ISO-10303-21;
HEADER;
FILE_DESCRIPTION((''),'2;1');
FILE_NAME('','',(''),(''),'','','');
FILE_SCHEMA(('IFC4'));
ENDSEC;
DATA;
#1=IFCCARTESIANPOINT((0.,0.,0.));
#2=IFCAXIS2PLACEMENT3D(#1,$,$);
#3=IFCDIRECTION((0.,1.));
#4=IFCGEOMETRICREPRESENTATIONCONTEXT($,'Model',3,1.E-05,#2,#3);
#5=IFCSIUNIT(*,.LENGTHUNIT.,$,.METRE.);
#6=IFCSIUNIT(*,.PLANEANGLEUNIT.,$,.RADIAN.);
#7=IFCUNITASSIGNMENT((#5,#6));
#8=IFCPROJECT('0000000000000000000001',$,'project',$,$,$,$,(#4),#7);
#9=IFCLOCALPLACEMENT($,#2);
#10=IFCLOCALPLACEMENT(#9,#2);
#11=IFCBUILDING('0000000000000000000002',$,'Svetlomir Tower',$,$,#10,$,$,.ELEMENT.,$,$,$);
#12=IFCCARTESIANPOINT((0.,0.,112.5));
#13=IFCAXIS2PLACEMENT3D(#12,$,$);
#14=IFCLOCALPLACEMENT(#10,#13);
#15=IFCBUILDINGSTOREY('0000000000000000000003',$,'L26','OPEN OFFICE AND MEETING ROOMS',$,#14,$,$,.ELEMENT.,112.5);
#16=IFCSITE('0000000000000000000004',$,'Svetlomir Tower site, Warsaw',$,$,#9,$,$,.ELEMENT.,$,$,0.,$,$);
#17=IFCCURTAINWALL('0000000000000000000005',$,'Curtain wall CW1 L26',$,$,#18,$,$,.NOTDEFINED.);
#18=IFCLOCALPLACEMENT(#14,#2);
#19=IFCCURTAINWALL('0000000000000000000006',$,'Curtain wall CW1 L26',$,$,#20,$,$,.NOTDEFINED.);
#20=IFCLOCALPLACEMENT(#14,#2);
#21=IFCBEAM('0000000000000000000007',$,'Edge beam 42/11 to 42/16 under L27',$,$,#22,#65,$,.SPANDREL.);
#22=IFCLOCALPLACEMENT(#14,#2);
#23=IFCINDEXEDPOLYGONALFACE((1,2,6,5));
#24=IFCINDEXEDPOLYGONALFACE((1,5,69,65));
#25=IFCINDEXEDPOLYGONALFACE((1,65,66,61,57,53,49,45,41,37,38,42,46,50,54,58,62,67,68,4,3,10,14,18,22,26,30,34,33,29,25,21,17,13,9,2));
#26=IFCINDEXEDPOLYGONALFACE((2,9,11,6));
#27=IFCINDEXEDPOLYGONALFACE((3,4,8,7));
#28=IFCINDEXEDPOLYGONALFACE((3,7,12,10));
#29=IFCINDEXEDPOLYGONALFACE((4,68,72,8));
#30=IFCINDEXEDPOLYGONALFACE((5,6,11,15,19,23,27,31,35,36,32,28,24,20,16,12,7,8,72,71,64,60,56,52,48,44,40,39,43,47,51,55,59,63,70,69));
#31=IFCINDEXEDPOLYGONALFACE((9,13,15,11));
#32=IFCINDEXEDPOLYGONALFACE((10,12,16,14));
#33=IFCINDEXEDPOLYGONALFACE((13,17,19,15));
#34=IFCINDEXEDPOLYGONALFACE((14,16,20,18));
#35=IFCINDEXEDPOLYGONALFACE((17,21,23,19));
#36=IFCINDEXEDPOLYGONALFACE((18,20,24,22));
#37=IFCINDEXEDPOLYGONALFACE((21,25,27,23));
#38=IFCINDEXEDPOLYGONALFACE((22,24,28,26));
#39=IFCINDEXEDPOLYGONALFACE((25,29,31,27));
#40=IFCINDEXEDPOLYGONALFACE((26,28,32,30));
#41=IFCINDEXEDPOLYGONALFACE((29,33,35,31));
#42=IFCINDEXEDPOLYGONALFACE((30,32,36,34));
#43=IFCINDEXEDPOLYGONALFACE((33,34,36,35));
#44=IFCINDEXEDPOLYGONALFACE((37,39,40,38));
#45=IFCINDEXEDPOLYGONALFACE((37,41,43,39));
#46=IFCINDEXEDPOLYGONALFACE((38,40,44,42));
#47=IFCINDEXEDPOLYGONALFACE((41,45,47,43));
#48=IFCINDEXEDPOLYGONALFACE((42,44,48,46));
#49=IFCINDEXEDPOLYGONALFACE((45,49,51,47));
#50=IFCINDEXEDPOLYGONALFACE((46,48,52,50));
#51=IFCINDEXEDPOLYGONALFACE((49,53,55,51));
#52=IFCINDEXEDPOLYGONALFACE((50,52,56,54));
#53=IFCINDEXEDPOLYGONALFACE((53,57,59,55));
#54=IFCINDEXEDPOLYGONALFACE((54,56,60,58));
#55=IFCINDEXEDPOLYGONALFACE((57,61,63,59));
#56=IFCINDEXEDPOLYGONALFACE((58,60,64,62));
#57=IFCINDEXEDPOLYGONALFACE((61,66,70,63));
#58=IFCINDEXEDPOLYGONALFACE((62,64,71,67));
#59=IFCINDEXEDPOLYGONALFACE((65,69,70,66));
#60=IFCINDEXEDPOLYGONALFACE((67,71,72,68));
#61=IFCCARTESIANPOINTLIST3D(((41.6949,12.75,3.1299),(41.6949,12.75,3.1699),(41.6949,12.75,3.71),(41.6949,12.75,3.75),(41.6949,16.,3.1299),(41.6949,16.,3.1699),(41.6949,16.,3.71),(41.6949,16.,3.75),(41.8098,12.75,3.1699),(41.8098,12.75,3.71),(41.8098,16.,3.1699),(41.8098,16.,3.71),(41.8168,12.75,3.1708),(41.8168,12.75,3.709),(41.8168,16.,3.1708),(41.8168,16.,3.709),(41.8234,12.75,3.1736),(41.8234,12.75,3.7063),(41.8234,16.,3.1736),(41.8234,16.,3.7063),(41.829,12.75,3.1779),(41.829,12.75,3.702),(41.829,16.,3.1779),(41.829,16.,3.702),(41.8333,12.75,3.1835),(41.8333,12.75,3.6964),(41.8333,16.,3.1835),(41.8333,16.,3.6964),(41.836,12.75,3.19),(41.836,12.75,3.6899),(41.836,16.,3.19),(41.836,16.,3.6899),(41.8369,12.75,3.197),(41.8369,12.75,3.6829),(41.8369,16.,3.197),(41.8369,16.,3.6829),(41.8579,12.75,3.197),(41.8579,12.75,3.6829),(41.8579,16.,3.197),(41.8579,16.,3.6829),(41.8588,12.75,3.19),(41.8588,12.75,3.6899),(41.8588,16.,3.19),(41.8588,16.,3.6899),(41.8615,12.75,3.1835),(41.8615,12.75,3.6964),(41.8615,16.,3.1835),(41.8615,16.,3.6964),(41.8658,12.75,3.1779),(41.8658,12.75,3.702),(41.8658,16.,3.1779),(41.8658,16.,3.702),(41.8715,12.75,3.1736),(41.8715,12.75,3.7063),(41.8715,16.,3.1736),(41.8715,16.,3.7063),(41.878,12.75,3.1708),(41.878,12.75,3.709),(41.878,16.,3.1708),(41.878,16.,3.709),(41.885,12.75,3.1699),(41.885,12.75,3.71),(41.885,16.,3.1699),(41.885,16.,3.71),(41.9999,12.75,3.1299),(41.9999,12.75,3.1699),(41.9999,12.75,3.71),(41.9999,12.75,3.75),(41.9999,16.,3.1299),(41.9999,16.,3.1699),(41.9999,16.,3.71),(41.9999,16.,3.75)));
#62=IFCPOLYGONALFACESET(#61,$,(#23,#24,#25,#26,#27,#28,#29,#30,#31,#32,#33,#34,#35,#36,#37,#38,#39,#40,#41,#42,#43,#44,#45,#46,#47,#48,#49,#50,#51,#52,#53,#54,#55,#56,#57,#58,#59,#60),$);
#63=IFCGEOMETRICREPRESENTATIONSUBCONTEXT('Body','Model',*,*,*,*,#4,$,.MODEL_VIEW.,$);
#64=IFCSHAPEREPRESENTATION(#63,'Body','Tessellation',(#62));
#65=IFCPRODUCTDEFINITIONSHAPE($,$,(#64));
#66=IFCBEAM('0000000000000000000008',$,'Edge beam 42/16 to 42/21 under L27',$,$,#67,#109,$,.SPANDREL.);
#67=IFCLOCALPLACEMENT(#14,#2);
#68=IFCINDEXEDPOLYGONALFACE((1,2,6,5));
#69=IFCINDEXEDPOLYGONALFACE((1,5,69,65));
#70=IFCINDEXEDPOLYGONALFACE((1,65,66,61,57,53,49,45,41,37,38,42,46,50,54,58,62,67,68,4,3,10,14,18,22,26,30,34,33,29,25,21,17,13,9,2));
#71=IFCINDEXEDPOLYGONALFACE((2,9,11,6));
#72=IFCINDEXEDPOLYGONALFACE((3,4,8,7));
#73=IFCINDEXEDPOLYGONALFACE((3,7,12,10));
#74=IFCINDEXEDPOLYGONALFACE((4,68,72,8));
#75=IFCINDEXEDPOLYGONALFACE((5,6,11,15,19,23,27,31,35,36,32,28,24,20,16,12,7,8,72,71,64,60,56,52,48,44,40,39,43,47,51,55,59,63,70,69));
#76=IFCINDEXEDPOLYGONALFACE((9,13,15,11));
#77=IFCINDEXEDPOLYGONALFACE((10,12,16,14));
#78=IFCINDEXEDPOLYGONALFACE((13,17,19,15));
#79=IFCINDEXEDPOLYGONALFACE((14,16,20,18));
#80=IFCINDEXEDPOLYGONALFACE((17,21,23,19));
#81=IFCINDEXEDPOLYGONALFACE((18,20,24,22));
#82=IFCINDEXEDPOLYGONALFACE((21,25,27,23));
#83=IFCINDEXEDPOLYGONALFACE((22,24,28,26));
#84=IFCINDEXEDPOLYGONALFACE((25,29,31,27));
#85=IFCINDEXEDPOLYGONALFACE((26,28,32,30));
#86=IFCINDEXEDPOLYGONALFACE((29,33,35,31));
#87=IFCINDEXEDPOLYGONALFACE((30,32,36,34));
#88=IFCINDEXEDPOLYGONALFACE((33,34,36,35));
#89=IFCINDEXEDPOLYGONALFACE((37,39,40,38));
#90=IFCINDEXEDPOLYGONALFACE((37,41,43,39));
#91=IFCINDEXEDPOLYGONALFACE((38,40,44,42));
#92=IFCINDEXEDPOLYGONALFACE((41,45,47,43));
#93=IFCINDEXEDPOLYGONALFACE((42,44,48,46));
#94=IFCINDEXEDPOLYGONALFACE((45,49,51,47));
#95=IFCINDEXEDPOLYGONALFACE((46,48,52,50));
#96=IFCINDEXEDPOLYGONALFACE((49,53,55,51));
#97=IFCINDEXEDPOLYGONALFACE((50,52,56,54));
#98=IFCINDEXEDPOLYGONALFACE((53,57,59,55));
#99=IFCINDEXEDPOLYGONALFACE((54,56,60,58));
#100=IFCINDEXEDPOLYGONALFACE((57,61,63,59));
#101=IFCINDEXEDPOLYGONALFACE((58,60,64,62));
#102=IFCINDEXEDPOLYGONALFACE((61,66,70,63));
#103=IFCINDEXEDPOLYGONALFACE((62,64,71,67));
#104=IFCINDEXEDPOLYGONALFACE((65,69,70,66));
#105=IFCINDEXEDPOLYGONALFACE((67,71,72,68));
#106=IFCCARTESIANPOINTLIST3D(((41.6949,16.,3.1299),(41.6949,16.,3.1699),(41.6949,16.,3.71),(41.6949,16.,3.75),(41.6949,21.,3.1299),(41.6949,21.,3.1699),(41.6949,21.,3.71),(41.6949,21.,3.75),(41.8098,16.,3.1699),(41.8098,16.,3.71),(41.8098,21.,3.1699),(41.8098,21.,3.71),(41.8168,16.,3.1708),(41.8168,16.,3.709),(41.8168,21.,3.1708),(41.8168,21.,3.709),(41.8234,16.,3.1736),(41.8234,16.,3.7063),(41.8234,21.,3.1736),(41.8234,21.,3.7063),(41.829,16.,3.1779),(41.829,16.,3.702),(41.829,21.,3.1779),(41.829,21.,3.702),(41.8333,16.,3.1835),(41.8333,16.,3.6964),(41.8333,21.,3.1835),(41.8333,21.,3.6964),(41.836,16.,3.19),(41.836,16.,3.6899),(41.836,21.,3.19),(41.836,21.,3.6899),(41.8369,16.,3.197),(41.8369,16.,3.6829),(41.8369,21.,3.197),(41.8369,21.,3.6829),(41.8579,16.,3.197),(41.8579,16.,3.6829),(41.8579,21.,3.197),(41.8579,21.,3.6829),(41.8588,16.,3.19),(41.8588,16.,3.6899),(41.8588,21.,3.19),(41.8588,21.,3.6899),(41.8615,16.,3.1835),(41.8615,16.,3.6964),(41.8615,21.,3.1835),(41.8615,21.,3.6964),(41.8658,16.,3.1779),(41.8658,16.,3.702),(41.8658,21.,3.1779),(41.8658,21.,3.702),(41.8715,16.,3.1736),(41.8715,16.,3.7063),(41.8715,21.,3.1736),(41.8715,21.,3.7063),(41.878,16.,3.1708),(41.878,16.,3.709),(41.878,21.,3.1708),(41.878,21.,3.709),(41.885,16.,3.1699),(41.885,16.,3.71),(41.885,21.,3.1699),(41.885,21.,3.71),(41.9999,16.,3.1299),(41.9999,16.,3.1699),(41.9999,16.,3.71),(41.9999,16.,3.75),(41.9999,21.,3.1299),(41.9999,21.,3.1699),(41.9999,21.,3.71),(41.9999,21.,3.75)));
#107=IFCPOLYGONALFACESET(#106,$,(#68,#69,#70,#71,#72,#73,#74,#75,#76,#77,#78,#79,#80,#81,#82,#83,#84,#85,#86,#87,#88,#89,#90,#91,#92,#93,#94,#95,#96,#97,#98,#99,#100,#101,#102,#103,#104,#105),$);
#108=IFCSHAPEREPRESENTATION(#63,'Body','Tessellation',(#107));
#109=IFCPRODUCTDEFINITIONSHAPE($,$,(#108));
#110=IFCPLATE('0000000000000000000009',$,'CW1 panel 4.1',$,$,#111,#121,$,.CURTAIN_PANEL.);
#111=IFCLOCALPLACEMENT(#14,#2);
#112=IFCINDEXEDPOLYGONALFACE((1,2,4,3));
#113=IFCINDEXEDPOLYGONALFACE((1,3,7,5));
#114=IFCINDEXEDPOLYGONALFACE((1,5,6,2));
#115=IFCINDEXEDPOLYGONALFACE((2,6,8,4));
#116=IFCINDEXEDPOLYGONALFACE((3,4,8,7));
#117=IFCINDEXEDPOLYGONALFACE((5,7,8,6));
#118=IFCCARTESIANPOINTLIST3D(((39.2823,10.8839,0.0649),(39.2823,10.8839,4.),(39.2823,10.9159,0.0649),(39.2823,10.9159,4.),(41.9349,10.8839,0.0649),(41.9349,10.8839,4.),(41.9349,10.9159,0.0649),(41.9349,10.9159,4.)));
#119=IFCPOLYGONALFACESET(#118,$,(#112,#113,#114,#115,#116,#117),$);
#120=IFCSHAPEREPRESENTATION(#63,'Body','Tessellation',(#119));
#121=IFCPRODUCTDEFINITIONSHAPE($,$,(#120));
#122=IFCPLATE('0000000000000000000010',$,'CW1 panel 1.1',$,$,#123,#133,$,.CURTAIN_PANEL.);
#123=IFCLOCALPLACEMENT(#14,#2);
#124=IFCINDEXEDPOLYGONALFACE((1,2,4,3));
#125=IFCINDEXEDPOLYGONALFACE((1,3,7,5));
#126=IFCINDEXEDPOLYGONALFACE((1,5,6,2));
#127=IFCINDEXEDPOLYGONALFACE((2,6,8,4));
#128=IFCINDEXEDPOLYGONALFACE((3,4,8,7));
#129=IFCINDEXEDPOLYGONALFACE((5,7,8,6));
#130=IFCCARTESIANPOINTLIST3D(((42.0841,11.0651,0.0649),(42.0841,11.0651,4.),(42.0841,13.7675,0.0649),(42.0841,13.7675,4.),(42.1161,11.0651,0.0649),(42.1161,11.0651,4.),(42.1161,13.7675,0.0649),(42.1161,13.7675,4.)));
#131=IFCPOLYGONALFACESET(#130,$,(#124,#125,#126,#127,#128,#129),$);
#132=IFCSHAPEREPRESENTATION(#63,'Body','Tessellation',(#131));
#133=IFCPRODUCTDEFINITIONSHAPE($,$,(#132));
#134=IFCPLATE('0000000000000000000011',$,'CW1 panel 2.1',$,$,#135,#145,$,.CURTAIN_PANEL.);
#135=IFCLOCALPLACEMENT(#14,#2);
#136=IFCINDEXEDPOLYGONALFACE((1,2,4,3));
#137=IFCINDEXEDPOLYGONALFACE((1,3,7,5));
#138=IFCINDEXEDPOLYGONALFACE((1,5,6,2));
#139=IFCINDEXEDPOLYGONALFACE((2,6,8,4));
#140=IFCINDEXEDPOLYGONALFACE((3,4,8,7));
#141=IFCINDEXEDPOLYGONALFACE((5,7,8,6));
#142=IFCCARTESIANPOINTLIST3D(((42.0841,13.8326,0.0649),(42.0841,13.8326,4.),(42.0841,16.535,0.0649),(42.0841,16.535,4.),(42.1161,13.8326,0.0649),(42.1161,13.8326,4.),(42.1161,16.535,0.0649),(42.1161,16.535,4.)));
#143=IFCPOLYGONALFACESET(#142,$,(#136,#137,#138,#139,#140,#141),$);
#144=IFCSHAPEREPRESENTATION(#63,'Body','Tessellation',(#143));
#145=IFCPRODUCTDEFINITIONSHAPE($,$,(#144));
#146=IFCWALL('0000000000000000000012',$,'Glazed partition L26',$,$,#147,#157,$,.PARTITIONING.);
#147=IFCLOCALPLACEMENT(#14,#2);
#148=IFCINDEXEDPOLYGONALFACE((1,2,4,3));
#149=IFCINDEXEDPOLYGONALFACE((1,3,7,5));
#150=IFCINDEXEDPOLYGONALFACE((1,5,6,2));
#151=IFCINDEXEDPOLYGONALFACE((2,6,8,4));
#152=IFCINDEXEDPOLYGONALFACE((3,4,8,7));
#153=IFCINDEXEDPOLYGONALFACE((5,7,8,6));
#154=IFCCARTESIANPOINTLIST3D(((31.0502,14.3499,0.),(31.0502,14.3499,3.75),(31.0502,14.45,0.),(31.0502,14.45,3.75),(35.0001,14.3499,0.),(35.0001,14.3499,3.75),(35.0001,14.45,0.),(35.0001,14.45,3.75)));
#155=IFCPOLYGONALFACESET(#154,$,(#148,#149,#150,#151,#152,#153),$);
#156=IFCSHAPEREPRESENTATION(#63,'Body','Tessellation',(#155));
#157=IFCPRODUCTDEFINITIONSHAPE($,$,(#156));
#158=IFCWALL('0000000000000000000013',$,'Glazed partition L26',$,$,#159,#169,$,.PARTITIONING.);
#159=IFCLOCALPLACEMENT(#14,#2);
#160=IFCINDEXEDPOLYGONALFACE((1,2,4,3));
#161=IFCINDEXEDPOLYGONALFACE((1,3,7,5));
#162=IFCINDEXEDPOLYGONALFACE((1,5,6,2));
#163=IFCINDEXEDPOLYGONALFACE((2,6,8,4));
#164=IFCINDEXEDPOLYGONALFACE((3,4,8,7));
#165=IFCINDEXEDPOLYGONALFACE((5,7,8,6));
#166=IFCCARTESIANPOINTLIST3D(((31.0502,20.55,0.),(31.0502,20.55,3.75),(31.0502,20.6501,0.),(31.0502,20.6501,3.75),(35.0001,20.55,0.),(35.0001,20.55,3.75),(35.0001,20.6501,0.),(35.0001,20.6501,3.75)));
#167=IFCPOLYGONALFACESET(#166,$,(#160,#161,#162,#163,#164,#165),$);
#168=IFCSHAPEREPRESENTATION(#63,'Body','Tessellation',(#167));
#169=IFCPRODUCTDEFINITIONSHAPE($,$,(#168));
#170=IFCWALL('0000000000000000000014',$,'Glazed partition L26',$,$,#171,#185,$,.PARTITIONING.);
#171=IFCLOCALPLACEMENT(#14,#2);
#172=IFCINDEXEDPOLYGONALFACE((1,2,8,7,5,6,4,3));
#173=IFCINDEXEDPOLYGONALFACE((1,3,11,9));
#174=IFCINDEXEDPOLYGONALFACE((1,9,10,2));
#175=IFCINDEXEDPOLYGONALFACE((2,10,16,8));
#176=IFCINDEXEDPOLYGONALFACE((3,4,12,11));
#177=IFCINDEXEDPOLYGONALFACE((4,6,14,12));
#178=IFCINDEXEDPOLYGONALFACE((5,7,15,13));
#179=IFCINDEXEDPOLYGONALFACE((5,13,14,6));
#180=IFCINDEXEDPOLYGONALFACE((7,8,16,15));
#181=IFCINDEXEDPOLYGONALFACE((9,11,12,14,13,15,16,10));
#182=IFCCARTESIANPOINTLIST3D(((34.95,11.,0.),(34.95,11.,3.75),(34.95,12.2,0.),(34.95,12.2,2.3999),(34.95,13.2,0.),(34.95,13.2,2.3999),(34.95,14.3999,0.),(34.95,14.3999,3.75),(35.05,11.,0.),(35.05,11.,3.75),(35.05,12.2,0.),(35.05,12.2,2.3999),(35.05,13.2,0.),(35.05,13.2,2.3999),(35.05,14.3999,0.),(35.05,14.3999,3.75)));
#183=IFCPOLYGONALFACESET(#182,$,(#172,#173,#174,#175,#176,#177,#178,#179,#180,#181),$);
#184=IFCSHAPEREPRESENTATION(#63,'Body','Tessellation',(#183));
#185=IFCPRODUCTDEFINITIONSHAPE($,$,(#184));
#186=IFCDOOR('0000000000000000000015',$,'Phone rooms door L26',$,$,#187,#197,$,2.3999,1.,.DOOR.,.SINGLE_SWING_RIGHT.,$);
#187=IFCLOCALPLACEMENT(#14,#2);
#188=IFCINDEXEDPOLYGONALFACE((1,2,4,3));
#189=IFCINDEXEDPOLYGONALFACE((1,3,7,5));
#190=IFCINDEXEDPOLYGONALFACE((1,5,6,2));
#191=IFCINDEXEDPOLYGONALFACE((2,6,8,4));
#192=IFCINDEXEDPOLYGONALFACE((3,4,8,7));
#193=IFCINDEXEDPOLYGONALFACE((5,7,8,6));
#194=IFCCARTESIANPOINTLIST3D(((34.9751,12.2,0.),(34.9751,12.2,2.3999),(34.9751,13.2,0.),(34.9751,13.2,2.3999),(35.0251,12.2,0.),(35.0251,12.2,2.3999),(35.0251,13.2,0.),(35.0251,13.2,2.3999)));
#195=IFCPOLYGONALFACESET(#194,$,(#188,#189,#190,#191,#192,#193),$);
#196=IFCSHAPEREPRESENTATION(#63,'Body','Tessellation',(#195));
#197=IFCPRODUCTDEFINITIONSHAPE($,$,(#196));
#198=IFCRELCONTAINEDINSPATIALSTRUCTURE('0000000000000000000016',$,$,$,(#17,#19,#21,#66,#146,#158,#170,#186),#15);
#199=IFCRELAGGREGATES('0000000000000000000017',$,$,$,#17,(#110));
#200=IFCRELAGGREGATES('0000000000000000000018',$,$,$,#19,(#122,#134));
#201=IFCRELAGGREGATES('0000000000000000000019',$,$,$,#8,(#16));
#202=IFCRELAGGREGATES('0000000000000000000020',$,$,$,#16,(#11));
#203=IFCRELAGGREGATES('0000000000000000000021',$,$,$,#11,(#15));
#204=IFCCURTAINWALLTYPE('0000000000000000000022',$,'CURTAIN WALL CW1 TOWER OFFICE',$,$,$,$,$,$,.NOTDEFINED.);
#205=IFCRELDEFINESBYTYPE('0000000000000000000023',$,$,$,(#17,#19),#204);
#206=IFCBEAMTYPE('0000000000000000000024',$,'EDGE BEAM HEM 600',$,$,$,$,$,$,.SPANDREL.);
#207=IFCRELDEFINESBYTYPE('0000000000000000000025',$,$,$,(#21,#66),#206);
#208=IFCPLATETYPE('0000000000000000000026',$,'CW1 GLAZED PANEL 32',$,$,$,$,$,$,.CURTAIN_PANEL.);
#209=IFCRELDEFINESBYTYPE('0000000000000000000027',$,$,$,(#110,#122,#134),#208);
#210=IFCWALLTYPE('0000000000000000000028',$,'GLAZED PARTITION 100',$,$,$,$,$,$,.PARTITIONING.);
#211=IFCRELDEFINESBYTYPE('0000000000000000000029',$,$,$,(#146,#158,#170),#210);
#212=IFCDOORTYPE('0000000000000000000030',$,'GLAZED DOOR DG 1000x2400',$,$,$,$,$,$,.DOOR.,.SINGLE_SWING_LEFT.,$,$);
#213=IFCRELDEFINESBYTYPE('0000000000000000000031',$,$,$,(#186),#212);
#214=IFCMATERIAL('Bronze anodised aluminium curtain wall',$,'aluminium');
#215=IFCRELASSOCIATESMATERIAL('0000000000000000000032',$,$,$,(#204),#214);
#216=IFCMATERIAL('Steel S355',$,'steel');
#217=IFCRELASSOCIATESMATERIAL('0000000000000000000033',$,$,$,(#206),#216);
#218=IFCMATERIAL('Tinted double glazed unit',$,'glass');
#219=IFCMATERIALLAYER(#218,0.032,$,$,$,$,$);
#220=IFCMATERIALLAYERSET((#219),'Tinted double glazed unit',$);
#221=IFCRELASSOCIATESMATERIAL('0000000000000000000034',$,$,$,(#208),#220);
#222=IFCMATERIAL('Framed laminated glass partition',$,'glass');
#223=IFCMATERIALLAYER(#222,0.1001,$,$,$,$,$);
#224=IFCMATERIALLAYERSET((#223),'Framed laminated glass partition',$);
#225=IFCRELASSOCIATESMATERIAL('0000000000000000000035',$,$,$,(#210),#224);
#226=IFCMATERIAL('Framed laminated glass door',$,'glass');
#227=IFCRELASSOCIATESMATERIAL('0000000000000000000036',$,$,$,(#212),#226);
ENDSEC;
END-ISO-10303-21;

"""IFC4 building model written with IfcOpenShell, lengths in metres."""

from ifc_helpers import new_model, si_unit, direction, frame, frame_2d, origin, origin_2d, place, context, subcontext, project, spatial, rectangle, i_section, extrude, material, layer, layer_set, material_profile, profile_set, type_object, element, fill, aggregate, save


model = new_model("IFC4")

# Units and contexts
model_context = context("Model", 3, precision=1e-05, world=origin(), true_north=direction((0.0, 1.0)))
body_context = subcontext(model_context, "Body", "Model", "MODEL_VIEW")
ifc_project = project(units=[si_unit("LENGTHUNIT", "METRE"), si_unit("PLANEANGLEUNIT", "RADIAN")], contexts=[model_context])

# Site, building, storey
site_placement = place(None, origin())
site = spatial("IfcSite", under=ifc_project, at=site_placement, Name="Svetlomir Tower site, Warsaw", CompositionType="ELEMENT", RefElevation=0.0)
building_placement = place(site_placement, origin())
building = spatial("IfcBuilding", under=site, at=building_placement, Name="Svetlomir Tower", CompositionType="ELEMENT")
storey_placement = place(building_placement, frame((0.0, 0.0, 112.5)))
storey = spatial("IfcBuildingStorey", under=building, at=storey_placement, Name="L26", Description="OPEN OFFICE AND MEETING ROOMS", CompositionType="ELEMENT", Elevation=112.5)

# Curtain wall
ifc_material_1 = material(Name="Bronze anodised aluminium curtain wall", Category="aluminium")
curtain_wall_type = type_object("IfcCurtainWallType", Name="CURTAIN WALL CW1 TOWER OFFICE", PredefinedType="NOTDEFINED", material=ifc_material_1)
curtain_wall_1_placement = place(storey_placement, origin())
curtain_wall_1 = element("IfcCurtainWall", 1, at=curtain_wall_1_placement, inside=storey, type_object=curtain_wall_type, Name="Curtain wall CW1 L26", PredefinedType="NOTDEFINED")

# Curtain wall
curtain_wall_2_placement = place(storey_placement, origin())
curtain_wall_2 = element("IfcCurtainWall", 2, at=curtain_wall_2_placement, inside=storey, type_object=curtain_wall_type, Name="Curtain wall CW1 L26", PredefinedType="NOTDEFINED")

# Beams
ifc_material_2 = material(Name="Steel S355", Category="steel")
ifc_material_profile_1 = material_profile(ifc_material_2, i_section(OverallWidth=0.3049, OverallDepth=0.6201, WebThickness=0.021, FlangeThickness=0.04, FilletRadius=0.0271, at=origin_2d()), Name="HEM 600")
ifc_profile_set_1 = profile_set([ifc_material_profile_1], Name="Steel S355")
beam_type_1 = type_object("IfcBeamType", Name="EDGE BEAM HEM 600", PredefinedType="SPANDREL", material=ifc_profile_set_1)
beam_1_placement = place(storey_placement, frame((41.8474, 12.75, 3.4399), z_axis=(0.0, 1.0, 0.0), x_axis=(-1.0, 0.0, 0.0)))
element("IfcBeam", 3, at=beam_1_placement, inside=storey, type_object=beam_type_1, Name="Edge beam 42/11 to 42/16 under L27", PredefinedType="SPANDREL", context=body_context, shape_type="SweptSolid", body=[
    extrude(i_section(OverallWidth=0.3049, OverallDepth=0.6201, WebThickness=0.021, FlangeThickness=0.04, FilletRadius=0.0271, at=origin_2d()), origin(), (0.0, 0.0, 1.0), 3.25),
])
beam_2_placement = place(storey_placement, frame((41.8474, 16.0, 3.4399), z_axis=(0.0, 1.0, 0.0), x_axis=(-1.0, 0.0, 0.0)))
element("IfcBeam", 4, at=beam_2_placement, inside=storey, type_object=beam_type_1, Name="Edge beam 42/16 to 42/21 under L27", PredefinedType="SPANDREL", context=body_context, shape_type="SweptSolid", body=[
    extrude(i_section(OverallWidth=0.3049, OverallDepth=0.6201, WebThickness=0.021, FlangeThickness=0.04, FilletRadius=0.0271, at=origin_2d()), origin(), (0.0, 0.0, 1.0), 5.0),
])

# Plates
ifc_material_3 = material(Name="Tinted double glazed unit", Category="glass")
ifc_layer_1 = layer(ifc_material_3, 0.032)
ifc_layer_set_1 = layer_set([ifc_layer_1], Name="Tinted double glazed unit")
plate_type = type_object("IfcPlateType", Name="CW1 GLAZED PANEL 32", PredefinedType="CURTAIN_PANEL", material=ifc_layer_set_1)
plate_1_placement = place(storey_placement, frame((40.6086, 10.8999, 0.0649), z_axis=(0.0, 0.0, 1.0), x_axis=(1.0, 0.0, 0.0)))
plate_1 = element("IfcPlate", 5, at=plate_1_placement, type_object=plate_type, Name="CW1 panel 4.1", PredefinedType="CURTAIN_PANEL", context=body_context, shape_type="SweptSolid", body=[
    extrude(rectangle(XDim=2.6526, YDim=0.032, at=origin_2d()), origin(), (0.0, 0.0, 1.0), 3.9351),
])
aggregate(curtain_wall_1, [plate_1])
plate_2_placement = place(storey_placement, frame((42.1001, 12.4163, 0.0649), z_axis=(0.0, 0.0, 1.0), x_axis=(0.0, 1.0, 0.0)))
plate_2 = element("IfcPlate", 6, at=plate_2_placement, type_object=plate_type, Name="CW1 panel 1.1", PredefinedType="CURTAIN_PANEL", context=body_context, shape_type="SweptSolid", body=[
    extrude(rectangle(XDim=2.7024, YDim=0.032, at=origin_2d()), origin(), (0.0, 0.0, 1.0), 3.9351),
])
plate_3_placement = place(storey_placement, frame((42.1001, 15.1838, 0.0649), z_axis=(0.0, 0.0, 1.0), x_axis=(0.0, 1.0, 0.0)))
plate_3 = element("IfcPlate", 7, at=plate_3_placement, type_object=plate_type, Name="CW1 panel 2.1", PredefinedType="CURTAIN_PANEL", context=body_context, shape_type="SweptSolid", body=[
    extrude(rectangle(XDim=2.7024, YDim=0.032, at=origin_2d()), origin(), (0.0, 0.0, 1.0), 3.9351),
])
aggregate(curtain_wall_2, [plate_2, plate_3])

# Walls
ifc_material_4 = material(Name="Framed laminated glass partition", Category="glass")
ifc_layer_2 = layer(ifc_material_4, 0.1001)
ifc_layer_set_2 = layer_set([ifc_layer_2], Name="Framed laminated glass partition")
wall_type_1 = type_object("IfcWallType", Name="GLAZED PARTITION 100", PredefinedType="PARTITIONING", material=ifc_layer_set_2)
for number, where, z_axis, x_axis, name in (
    (8, (31.05, 14.3999, 0.0), (0.0, 0.0, 1.0), (1.0, 0.0, 0.0), "Glazed partition L26"),
    (9, (31.05, 20.6001, 0.0), (0.0, 0.0, 1.0), (1.0, 0.0, 0.0), "Glazed partition L26"),
):
    element("IfcWall", number, at=place(storey_placement, frame(where, z_axis=z_axis, x_axis=x_axis)), inside=storey, type_object=wall_type_1, Name=name, PredefinedType="PARTITIONING", context=body_context, shape_type="SweptSolid", body=[
        extrude(rectangle(XDim=3.95, YDim=0.1001, at=frame_2d((1.9751, 0.0))), origin(), (0.0, 0.0, 1.0), 3.75),
    ])

# Wall, opening, door
wall_1_placement = place(storey_placement, frame((35.0, 11.0, 0.0), z_axis=(0.0, 0.0, 1.0), x_axis=(0.0, 1.0, 0.0)))
wall_1 = element("IfcWall", 10, at=wall_1_placement, inside=storey, type_object=wall_type_1, Name="Glazed partition L26", PredefinedType="PARTITIONING", context=body_context, shape_type="SweptSolid", body=[
    extrude(rectangle(XDim=3.3999, YDim=0.1001, at=frame_2d((1.7, 0.0))), origin(), (0.0, 0.0, 1.0), 3.75),
])
opening_1_placement = place(wall_1_placement, frame((1.2, 0.0, 0.0)))
opening_1 = element("IfcOpeningElement", 11, at=opening_1_placement, cuts=wall_1, PredefinedType="OPENING", context=body_context, shape_type="SweptSolid", body=[
    extrude(rectangle(XDim=1.0, YDim=2.3999, at=frame_2d((0.5, 1.2))), frame((0.0, 0.0601, 0.0), z_axis=(0.0, -1.0, 0.0), x_axis=(1.0, 0.0, 0.0)), (0.0, 0.0, 1.0), 0.1201),
])
ifc_material_5 = material(Name="Framed laminated glass door", Category="glass")
door_type_1 = type_object("IfcDoorType", Name="GLAZED DOOR DG 1000x2400", OperationType="SINGLE_SWING_LEFT", PredefinedType="DOOR", material=ifc_material_5)
door_1_placement = place(opening_1_placement, origin())
door_1 = element("IfcDoor", 12, at=door_1_placement, inside=storey, type_object=door_type_1, Name="Phone rooms door L26", OperationType="SINGLE_SWING_RIGHT", OverallHeight=2.3999, OverallWidth=1.0, PredefinedType="DOOR", context=body_context, shape_type="SweptSolid", body=[
    extrude(rectangle(XDim=1.0, YDim=2.3999, at=frame_2d((0.5, 1.2))), frame((0.0, 0.0249, 0.0), z_axis=(0.0, -1.0, 0.0), x_axis=(1.0, 0.0, 0.0)), (0.0, 0.0, 1.0), 0.05),
])
fill(opening_1, door_1)

save(model, "model.ifc")
